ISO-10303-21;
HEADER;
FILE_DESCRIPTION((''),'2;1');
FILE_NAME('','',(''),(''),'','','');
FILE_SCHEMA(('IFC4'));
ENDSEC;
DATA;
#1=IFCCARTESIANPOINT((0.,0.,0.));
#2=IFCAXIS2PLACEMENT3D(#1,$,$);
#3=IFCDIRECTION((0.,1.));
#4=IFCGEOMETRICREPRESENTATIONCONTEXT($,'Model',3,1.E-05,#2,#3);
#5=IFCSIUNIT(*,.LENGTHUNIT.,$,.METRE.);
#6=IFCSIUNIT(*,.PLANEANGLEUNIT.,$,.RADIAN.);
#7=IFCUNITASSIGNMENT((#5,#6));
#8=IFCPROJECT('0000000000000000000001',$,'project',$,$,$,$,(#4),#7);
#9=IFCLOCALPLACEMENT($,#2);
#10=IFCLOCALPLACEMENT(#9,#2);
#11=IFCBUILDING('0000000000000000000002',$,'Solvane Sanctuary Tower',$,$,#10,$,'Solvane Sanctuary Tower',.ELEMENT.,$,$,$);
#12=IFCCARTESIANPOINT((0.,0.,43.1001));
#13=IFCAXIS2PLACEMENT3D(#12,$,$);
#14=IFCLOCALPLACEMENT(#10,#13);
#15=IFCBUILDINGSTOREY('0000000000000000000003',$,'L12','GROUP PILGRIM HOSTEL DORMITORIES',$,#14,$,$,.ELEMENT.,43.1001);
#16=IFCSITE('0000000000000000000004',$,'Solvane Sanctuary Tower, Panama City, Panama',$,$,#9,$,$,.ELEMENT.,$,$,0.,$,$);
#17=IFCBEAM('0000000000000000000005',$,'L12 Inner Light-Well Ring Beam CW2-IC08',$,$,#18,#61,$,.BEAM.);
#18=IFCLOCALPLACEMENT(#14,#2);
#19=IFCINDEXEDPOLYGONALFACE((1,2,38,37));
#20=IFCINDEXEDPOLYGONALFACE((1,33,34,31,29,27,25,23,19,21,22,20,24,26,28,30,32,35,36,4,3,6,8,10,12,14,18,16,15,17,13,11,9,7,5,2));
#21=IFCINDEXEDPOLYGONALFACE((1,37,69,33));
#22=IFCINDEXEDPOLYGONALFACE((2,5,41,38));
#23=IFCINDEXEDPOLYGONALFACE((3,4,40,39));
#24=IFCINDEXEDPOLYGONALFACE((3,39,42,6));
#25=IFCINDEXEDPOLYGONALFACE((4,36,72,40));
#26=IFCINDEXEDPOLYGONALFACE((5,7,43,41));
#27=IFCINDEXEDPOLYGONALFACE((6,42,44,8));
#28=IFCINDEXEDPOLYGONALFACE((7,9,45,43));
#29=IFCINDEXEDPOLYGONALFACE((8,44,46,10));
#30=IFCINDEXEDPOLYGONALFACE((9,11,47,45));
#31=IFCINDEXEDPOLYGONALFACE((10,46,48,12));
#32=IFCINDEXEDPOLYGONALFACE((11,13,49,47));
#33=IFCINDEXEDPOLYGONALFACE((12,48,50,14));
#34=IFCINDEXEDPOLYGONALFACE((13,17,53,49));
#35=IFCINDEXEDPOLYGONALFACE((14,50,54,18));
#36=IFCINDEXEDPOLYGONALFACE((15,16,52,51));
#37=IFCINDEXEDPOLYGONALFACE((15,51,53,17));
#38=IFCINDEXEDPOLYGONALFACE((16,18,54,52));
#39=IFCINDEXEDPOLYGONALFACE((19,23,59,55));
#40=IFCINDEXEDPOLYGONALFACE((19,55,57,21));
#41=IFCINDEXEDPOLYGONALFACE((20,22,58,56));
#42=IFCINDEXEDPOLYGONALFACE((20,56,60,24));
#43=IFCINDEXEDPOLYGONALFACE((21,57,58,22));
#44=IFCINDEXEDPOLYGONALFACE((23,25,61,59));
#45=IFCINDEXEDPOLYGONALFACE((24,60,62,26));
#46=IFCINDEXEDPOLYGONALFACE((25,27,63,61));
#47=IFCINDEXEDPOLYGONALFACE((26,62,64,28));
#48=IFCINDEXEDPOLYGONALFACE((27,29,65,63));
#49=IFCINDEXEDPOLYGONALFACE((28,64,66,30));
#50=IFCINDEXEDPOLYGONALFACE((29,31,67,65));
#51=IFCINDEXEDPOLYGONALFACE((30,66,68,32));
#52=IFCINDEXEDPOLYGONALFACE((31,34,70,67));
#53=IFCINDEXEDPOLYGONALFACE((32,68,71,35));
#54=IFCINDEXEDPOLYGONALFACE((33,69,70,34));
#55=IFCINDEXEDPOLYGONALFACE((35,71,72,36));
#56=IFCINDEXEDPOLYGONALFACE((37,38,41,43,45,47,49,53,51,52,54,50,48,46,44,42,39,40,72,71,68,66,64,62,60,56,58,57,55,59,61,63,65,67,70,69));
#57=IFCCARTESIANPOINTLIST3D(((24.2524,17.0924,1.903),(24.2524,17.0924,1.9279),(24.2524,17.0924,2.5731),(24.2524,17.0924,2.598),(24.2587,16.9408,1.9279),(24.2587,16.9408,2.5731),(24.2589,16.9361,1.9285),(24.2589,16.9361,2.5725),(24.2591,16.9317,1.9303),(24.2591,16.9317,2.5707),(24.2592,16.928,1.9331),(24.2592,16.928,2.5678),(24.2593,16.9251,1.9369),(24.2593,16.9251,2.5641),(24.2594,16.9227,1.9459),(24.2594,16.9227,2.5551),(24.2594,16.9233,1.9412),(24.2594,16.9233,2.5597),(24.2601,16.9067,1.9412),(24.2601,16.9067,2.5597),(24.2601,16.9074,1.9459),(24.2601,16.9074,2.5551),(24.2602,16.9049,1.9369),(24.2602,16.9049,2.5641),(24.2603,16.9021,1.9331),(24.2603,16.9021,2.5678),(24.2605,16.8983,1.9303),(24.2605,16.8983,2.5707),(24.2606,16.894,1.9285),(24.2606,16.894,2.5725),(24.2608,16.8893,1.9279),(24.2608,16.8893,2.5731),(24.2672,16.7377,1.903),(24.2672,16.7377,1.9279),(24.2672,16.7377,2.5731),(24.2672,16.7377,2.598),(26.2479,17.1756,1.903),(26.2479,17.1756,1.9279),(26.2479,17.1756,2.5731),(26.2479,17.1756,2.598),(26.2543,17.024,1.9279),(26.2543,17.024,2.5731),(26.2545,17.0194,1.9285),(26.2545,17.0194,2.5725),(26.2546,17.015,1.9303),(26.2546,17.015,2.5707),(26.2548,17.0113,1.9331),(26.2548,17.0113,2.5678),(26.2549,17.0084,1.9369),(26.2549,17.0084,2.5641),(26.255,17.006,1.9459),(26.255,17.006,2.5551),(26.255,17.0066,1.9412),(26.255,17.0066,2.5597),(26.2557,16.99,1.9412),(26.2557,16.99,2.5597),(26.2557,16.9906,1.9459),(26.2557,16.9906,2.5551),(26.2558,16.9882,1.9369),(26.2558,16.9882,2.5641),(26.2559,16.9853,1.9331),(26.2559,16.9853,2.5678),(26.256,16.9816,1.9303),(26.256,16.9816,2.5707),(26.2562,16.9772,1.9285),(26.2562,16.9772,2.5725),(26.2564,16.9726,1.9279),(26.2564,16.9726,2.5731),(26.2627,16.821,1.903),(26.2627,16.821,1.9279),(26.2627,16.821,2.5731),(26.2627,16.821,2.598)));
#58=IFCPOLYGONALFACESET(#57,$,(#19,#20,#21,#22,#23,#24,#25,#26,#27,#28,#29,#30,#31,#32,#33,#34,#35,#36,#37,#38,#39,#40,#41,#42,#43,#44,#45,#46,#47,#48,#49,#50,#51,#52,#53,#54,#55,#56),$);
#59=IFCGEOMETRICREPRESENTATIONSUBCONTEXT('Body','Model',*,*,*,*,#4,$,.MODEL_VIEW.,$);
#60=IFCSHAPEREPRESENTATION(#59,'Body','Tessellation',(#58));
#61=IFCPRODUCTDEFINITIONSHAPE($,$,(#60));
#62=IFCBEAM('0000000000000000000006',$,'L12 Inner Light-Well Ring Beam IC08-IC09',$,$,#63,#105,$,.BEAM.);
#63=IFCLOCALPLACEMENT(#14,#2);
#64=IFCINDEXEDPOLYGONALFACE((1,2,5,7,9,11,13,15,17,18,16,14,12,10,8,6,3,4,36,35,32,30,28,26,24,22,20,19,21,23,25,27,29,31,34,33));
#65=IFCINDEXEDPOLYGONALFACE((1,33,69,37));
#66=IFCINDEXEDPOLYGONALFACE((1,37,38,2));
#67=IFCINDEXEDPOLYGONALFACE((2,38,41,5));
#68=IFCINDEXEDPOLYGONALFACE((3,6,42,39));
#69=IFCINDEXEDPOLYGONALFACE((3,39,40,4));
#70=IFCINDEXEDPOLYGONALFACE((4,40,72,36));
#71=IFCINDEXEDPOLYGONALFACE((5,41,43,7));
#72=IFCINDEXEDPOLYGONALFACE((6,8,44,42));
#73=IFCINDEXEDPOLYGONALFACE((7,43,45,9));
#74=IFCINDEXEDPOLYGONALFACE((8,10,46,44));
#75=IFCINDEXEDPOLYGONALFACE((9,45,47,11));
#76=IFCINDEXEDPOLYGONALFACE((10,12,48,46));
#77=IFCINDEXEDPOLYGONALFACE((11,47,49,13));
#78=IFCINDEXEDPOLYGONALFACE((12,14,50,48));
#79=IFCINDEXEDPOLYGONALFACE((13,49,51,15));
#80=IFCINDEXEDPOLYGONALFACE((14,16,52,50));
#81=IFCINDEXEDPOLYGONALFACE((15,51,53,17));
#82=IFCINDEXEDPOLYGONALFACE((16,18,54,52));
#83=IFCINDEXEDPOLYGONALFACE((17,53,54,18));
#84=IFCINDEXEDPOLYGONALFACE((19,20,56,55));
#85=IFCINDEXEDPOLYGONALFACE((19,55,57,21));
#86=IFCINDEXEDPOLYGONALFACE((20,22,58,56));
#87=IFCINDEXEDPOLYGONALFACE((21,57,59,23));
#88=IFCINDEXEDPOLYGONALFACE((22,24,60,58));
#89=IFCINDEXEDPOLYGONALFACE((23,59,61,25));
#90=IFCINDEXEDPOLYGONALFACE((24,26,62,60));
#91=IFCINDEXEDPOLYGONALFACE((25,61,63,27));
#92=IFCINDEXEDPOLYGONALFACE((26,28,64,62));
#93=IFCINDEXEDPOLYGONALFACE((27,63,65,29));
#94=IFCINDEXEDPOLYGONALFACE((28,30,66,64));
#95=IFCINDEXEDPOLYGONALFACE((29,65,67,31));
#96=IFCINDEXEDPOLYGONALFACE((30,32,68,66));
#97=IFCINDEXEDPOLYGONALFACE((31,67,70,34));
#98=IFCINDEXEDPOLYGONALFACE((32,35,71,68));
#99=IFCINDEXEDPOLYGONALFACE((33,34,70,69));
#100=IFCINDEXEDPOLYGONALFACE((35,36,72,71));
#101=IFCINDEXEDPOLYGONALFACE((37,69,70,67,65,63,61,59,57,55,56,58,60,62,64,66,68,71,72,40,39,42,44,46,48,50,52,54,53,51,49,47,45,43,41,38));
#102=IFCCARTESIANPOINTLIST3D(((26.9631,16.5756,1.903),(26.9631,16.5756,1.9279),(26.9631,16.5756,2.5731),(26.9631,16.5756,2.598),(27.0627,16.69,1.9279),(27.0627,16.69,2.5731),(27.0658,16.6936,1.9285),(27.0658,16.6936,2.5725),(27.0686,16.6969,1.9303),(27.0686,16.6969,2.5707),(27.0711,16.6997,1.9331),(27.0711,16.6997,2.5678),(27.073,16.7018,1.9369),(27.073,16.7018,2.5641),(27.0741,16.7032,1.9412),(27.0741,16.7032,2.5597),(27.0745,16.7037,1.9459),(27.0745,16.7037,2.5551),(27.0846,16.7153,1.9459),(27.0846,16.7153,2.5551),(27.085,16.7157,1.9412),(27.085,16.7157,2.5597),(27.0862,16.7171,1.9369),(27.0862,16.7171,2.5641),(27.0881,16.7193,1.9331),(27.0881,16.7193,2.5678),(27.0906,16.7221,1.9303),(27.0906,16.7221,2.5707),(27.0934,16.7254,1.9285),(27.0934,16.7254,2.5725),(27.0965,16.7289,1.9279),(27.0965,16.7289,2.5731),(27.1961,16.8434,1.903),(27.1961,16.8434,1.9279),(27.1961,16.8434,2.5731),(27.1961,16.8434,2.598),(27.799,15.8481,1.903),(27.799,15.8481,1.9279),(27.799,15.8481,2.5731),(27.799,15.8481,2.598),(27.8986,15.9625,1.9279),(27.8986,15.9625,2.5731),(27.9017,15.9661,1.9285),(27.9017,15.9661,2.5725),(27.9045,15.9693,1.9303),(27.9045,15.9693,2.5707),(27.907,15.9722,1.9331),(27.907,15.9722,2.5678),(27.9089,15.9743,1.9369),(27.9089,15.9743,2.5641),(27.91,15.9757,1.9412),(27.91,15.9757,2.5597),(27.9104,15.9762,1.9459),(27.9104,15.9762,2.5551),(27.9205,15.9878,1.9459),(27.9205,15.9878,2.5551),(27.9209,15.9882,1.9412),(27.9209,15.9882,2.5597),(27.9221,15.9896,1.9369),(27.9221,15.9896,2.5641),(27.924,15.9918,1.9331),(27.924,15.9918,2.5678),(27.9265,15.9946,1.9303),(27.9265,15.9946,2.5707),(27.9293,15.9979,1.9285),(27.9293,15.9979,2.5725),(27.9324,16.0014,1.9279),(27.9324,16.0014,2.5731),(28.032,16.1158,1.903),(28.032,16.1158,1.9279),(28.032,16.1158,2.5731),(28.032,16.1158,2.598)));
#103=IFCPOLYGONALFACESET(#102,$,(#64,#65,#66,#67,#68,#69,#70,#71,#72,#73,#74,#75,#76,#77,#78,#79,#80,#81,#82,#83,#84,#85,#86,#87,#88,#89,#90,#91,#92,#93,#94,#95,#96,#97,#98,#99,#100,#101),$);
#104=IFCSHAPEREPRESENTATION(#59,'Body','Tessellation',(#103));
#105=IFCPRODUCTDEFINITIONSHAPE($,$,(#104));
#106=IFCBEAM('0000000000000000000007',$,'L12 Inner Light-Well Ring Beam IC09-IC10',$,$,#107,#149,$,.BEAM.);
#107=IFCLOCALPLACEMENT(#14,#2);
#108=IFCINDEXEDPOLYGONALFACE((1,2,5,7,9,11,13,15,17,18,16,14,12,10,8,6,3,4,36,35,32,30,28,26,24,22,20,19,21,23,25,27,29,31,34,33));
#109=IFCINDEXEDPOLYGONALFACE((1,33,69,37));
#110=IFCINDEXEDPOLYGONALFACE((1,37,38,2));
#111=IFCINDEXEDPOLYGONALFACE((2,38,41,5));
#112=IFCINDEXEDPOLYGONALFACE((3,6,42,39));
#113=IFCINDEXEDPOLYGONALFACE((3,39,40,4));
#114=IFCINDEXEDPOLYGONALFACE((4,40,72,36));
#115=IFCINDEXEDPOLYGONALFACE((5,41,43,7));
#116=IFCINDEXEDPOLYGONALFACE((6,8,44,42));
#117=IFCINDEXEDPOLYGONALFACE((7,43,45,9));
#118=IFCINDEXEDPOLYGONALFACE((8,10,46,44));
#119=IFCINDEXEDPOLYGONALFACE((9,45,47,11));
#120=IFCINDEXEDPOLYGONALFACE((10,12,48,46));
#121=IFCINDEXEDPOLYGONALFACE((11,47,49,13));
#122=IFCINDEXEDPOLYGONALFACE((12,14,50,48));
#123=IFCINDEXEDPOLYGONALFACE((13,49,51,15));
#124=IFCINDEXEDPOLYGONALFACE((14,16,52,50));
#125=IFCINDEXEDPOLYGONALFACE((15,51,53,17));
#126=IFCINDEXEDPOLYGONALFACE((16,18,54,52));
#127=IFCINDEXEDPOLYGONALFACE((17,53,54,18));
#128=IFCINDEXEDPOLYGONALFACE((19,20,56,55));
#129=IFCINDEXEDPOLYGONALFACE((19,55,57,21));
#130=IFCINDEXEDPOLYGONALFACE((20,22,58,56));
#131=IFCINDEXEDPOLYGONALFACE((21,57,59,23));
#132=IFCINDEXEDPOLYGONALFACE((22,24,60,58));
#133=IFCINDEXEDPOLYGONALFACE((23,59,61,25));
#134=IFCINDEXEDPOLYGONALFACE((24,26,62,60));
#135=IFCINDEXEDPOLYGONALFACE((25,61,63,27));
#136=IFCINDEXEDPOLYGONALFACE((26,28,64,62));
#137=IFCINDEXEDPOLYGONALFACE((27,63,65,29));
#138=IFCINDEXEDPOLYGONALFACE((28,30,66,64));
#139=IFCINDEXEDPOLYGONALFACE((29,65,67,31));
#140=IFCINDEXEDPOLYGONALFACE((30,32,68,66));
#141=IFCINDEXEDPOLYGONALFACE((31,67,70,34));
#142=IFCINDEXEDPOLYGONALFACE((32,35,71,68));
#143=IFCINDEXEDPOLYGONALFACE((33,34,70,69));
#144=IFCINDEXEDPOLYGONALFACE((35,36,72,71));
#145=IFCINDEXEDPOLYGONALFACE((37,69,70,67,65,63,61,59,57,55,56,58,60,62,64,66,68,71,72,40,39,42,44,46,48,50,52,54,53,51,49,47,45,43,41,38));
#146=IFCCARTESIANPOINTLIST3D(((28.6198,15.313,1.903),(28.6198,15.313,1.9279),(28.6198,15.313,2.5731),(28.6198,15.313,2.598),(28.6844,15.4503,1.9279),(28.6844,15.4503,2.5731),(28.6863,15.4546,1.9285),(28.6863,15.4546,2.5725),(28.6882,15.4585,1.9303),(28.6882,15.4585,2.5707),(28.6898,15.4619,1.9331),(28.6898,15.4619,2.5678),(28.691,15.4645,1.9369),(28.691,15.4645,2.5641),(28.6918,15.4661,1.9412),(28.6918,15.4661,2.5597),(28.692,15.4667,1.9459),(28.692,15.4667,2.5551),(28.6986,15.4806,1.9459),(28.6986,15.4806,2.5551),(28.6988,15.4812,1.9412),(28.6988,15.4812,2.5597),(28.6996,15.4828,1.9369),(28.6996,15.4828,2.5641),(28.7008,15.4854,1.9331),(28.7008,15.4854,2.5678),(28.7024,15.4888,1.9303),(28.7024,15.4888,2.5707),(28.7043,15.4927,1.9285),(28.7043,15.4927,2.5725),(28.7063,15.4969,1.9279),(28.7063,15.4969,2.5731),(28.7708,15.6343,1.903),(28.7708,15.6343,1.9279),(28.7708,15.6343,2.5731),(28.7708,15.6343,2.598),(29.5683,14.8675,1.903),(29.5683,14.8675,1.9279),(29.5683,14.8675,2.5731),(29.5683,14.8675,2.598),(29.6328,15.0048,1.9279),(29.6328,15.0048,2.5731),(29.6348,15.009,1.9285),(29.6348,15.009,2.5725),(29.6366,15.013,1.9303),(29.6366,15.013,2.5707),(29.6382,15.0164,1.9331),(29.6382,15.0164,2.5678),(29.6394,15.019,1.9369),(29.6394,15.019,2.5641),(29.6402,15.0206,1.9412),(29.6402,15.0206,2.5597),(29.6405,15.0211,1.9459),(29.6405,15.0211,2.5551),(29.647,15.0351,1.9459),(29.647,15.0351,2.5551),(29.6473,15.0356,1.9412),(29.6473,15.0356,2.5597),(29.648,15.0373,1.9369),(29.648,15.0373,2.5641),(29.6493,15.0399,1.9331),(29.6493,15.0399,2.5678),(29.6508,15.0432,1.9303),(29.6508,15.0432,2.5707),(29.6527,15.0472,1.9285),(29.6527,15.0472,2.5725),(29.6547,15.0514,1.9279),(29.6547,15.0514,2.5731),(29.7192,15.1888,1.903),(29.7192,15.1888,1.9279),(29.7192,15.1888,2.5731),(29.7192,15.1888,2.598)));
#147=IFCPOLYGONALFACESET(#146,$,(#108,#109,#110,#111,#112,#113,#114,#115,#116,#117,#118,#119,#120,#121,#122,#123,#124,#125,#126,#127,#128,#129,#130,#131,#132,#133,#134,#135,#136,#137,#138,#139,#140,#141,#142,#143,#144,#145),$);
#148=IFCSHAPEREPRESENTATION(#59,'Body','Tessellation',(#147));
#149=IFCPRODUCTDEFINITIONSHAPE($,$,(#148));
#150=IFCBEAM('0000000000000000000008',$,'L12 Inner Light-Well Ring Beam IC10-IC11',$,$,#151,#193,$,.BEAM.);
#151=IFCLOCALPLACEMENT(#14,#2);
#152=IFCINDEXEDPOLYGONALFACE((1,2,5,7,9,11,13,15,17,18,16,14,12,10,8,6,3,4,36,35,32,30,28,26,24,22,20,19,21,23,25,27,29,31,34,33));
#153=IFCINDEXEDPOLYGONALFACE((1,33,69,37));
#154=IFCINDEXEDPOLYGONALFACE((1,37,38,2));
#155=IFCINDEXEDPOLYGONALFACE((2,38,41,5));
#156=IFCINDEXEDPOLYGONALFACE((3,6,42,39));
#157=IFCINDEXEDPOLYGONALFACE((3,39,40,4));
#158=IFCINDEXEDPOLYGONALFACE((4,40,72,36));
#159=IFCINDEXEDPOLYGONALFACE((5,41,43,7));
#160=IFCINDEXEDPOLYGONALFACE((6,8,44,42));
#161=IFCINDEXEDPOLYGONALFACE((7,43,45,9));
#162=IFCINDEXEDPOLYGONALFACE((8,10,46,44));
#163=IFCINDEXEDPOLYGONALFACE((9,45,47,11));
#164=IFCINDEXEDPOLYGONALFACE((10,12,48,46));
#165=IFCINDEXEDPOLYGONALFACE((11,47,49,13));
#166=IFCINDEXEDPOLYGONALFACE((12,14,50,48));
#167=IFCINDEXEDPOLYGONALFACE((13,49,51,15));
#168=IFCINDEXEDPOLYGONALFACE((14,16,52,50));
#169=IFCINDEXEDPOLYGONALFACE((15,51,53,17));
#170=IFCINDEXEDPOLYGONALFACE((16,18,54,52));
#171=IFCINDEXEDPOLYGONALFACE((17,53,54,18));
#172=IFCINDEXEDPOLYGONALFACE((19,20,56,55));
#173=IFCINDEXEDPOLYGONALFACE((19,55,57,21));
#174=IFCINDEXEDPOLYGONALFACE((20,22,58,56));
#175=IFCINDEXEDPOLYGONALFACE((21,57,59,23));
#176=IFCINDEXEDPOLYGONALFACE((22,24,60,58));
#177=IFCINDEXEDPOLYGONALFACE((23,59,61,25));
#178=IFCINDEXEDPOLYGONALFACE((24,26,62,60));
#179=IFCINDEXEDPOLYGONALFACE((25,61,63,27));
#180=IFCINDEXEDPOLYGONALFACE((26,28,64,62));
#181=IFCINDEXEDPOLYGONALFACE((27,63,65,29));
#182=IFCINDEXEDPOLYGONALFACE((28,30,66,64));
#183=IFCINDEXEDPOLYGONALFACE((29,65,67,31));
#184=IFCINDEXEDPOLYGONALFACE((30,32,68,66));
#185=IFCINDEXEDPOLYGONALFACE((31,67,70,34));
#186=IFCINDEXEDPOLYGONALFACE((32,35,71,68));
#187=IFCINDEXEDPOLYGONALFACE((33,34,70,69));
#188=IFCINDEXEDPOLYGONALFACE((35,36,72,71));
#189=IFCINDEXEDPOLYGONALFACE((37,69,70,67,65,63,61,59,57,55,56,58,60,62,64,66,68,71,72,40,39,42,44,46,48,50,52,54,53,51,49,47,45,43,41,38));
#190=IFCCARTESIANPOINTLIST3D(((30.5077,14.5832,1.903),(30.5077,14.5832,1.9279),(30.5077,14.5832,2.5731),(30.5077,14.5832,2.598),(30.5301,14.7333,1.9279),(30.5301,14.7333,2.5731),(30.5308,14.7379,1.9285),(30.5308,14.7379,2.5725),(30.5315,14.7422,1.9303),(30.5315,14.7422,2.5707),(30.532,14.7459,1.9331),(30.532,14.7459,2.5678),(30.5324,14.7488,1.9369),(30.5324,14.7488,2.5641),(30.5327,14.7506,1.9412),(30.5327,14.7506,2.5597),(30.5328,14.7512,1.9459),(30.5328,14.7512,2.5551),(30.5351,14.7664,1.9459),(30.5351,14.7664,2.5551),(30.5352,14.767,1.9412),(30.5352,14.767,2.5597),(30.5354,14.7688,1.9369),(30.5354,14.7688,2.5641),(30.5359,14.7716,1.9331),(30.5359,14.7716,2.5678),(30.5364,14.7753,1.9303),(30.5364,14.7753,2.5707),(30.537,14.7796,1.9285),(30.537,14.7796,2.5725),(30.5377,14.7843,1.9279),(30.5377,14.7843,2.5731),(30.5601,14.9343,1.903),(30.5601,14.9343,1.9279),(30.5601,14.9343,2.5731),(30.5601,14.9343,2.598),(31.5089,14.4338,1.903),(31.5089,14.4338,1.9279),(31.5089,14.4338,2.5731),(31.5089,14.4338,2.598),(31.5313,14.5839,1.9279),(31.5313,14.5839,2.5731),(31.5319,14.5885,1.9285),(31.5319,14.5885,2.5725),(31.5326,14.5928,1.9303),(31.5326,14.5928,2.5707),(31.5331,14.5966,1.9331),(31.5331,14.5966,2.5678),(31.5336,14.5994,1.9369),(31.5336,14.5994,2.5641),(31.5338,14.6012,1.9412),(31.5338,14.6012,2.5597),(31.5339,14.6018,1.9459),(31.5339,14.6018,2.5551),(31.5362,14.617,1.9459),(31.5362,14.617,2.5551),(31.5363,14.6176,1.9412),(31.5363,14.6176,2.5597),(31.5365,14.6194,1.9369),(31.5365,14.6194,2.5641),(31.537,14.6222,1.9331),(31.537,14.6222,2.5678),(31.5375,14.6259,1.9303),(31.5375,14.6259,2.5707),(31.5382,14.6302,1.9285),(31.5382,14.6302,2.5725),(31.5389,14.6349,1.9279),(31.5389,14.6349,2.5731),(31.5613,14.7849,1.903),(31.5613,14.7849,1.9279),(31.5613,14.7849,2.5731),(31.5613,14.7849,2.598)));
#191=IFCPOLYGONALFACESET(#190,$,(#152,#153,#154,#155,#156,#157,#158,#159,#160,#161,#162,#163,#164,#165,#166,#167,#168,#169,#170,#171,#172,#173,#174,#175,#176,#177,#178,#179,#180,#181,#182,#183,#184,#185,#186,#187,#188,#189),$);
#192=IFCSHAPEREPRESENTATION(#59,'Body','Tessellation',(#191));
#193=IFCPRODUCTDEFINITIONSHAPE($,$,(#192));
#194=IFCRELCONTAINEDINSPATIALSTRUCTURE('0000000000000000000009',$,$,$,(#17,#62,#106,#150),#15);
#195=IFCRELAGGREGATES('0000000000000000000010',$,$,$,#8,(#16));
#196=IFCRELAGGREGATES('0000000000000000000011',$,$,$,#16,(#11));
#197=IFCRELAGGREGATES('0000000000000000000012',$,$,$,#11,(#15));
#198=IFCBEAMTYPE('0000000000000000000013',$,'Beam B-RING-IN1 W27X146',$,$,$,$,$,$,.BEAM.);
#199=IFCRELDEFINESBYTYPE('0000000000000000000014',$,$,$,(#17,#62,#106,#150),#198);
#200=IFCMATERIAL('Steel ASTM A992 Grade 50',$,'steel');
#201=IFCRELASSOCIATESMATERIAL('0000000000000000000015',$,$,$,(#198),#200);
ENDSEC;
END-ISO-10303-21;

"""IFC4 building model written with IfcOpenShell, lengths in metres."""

from ifc_helpers import new_model, si_unit, direction, frame, origin, origin_2d, place, context, subcontext, project, spatial, i_section, extrude, material, material_profile, profile_set, type_object, element, save


model = new_model("IFC4")

# Units and contexts
model_context = context("Model", 3, precision=1e-05, world=origin(), true_north=direction((0.0, 1.0)))
body_context = subcontext(model_context, "Body", "Model", "MODEL_VIEW")
ifc_project = project(units=[si_unit("LENGTHUNIT", "METRE"), si_unit("PLANEANGLEUNIT", "RADIAN")], contexts=[model_context])

# Site, building, storey
site_placement = place(None, origin())
site = spatial("IfcSite", under=ifc_project, at=site_placement, Name="Solvane Sanctuary Tower, Panama City, Panama", CompositionType="ELEMENT", RefElevation=0.0)
building_placement = place(site_placement, origin())
building = spatial("IfcBuilding", under=site, at=building_placement, Name="Solvane Sanctuary Tower", LongName="Solvane Sanctuary Tower", CompositionType="ELEMENT")
storey_placement = place(building_placement, frame((0.0, 0.0, 43.1001)))
storey = spatial("IfcBuildingStorey", under=building, at=storey_placement, Name="L12", Description="GROUP PILGRIM HOSTEL DORMITORIES", CompositionType="ELEMENT", Elevation=43.1001)

# Beams
ifc_material_1 = material(Name="Steel ASTM A992 Grade 50", Category="steel")
ifc_material_profile_1 = material_profile(ifc_material_1, i_section(OverallWidth=0.355, OverallDepth=0.6951, WebThickness=0.0154, FlangeThickness=0.0249, FilletRadius=0.0181, at=origin_2d()), Name="W27X146")
ifc_profile_set_1 = profile_set([ifc_material_profile_1], Name="Steel ASTM A992 Grade 50")
beam_type_1 = type_object("IfcBeamType", Name="Beam B-RING-IN1 W27X146", PredefinedType="BEAM", material=ifc_profile_set_1)
beam_1_placement = place(storey_placement, frame((24.2598, 16.915, 2.2505), z_axis=(0.999131, 0.041681, 0.0), x_axis=(-0.041681, 0.999131, 0.0)))
element("IfcBeam", 1, at=beam_1_placement, inside=storey, type_object=beam_type_1, Name="L12 Inner Light-Well Ring Beam CW2-IC08", PredefinedType="BEAM", context=body_context, shape_type="SweptSolid", body=[
    extrude(i_section(OverallWidth=0.355, OverallDepth=0.6951, WebThickness=0.0154, FlangeThickness=0.0249, FilletRadius=0.0181, at=origin_2d()), origin(), (0.0, 0.0, 1.0), 1.9973),
])
beam_2_placement = place(storey_placement, frame((27.0796, 16.7095, 2.2505), z_axis=(0.754321, -0.656506, 0.0), x_axis=(0.656506, 0.754321, 0.0)))
element("IfcBeam", 2, at=beam_2_placement, inside=storey, type_object=beam_type_1, Name="L12 Inner Light-Well Ring Beam IC08-IC09", PredefinedType="BEAM", context=body_context, shape_type="SweptSolid", body=[
    extrude(i_section(OverallWidth=0.355, OverallDepth=0.6951, WebThickness=0.0154, FlangeThickness=0.0249, FilletRadius=0.0181, at=origin_2d()), origin(), (0.0, 0.0, 1.0), 1.1082),
])
beam_3_placement = place(storey_placement, frame((28.6953, 15.4736, 2.2505), z_axis=(0.905109, -0.42518, 0.0), x_axis=(0.42518, 0.905109, 0.0)))
element("IfcBeam", 3, at=beam_3_placement, inside=storey, type_object=beam_type_1, Name="L12 Inner Light-Well Ring Beam IC09-IC10", PredefinedType="BEAM", context=body_context, shape_type="SweptSolid", body=[
    extrude(i_section(OverallWidth=0.355, OverallDepth=0.6951, WebThickness=0.0154, FlangeThickness=0.0249, FilletRadius=0.0181, at=origin_2d()), origin(), (0.0, 0.0, 1.0), 1.0479),
])
beam_4_placement = place(storey_placement, frame((30.5339, 14.7588, 2.2505), z_axis=(0.989048, -0.147597, 0.0), x_axis=(0.147597, 0.989048, 0.0)))
element("IfcBeam", 4, at=beam_4_placement, inside=storey, type_object=beam_type_1, Name="L12 Inner Light-Well Ring Beam IC10-IC11", PredefinedType="BEAM", context=body_context, shape_type="SweptSolid", body=[
    extrude(i_section(OverallWidth=0.355, OverallDepth=0.6951, WebThickness=0.0154, FlangeThickness=0.0249, FilletRadius=0.0181, at=origin_2d()), origin(), (0.0, 0.0, 1.0), 1.0122),
])

save(model, "model.ifc")
